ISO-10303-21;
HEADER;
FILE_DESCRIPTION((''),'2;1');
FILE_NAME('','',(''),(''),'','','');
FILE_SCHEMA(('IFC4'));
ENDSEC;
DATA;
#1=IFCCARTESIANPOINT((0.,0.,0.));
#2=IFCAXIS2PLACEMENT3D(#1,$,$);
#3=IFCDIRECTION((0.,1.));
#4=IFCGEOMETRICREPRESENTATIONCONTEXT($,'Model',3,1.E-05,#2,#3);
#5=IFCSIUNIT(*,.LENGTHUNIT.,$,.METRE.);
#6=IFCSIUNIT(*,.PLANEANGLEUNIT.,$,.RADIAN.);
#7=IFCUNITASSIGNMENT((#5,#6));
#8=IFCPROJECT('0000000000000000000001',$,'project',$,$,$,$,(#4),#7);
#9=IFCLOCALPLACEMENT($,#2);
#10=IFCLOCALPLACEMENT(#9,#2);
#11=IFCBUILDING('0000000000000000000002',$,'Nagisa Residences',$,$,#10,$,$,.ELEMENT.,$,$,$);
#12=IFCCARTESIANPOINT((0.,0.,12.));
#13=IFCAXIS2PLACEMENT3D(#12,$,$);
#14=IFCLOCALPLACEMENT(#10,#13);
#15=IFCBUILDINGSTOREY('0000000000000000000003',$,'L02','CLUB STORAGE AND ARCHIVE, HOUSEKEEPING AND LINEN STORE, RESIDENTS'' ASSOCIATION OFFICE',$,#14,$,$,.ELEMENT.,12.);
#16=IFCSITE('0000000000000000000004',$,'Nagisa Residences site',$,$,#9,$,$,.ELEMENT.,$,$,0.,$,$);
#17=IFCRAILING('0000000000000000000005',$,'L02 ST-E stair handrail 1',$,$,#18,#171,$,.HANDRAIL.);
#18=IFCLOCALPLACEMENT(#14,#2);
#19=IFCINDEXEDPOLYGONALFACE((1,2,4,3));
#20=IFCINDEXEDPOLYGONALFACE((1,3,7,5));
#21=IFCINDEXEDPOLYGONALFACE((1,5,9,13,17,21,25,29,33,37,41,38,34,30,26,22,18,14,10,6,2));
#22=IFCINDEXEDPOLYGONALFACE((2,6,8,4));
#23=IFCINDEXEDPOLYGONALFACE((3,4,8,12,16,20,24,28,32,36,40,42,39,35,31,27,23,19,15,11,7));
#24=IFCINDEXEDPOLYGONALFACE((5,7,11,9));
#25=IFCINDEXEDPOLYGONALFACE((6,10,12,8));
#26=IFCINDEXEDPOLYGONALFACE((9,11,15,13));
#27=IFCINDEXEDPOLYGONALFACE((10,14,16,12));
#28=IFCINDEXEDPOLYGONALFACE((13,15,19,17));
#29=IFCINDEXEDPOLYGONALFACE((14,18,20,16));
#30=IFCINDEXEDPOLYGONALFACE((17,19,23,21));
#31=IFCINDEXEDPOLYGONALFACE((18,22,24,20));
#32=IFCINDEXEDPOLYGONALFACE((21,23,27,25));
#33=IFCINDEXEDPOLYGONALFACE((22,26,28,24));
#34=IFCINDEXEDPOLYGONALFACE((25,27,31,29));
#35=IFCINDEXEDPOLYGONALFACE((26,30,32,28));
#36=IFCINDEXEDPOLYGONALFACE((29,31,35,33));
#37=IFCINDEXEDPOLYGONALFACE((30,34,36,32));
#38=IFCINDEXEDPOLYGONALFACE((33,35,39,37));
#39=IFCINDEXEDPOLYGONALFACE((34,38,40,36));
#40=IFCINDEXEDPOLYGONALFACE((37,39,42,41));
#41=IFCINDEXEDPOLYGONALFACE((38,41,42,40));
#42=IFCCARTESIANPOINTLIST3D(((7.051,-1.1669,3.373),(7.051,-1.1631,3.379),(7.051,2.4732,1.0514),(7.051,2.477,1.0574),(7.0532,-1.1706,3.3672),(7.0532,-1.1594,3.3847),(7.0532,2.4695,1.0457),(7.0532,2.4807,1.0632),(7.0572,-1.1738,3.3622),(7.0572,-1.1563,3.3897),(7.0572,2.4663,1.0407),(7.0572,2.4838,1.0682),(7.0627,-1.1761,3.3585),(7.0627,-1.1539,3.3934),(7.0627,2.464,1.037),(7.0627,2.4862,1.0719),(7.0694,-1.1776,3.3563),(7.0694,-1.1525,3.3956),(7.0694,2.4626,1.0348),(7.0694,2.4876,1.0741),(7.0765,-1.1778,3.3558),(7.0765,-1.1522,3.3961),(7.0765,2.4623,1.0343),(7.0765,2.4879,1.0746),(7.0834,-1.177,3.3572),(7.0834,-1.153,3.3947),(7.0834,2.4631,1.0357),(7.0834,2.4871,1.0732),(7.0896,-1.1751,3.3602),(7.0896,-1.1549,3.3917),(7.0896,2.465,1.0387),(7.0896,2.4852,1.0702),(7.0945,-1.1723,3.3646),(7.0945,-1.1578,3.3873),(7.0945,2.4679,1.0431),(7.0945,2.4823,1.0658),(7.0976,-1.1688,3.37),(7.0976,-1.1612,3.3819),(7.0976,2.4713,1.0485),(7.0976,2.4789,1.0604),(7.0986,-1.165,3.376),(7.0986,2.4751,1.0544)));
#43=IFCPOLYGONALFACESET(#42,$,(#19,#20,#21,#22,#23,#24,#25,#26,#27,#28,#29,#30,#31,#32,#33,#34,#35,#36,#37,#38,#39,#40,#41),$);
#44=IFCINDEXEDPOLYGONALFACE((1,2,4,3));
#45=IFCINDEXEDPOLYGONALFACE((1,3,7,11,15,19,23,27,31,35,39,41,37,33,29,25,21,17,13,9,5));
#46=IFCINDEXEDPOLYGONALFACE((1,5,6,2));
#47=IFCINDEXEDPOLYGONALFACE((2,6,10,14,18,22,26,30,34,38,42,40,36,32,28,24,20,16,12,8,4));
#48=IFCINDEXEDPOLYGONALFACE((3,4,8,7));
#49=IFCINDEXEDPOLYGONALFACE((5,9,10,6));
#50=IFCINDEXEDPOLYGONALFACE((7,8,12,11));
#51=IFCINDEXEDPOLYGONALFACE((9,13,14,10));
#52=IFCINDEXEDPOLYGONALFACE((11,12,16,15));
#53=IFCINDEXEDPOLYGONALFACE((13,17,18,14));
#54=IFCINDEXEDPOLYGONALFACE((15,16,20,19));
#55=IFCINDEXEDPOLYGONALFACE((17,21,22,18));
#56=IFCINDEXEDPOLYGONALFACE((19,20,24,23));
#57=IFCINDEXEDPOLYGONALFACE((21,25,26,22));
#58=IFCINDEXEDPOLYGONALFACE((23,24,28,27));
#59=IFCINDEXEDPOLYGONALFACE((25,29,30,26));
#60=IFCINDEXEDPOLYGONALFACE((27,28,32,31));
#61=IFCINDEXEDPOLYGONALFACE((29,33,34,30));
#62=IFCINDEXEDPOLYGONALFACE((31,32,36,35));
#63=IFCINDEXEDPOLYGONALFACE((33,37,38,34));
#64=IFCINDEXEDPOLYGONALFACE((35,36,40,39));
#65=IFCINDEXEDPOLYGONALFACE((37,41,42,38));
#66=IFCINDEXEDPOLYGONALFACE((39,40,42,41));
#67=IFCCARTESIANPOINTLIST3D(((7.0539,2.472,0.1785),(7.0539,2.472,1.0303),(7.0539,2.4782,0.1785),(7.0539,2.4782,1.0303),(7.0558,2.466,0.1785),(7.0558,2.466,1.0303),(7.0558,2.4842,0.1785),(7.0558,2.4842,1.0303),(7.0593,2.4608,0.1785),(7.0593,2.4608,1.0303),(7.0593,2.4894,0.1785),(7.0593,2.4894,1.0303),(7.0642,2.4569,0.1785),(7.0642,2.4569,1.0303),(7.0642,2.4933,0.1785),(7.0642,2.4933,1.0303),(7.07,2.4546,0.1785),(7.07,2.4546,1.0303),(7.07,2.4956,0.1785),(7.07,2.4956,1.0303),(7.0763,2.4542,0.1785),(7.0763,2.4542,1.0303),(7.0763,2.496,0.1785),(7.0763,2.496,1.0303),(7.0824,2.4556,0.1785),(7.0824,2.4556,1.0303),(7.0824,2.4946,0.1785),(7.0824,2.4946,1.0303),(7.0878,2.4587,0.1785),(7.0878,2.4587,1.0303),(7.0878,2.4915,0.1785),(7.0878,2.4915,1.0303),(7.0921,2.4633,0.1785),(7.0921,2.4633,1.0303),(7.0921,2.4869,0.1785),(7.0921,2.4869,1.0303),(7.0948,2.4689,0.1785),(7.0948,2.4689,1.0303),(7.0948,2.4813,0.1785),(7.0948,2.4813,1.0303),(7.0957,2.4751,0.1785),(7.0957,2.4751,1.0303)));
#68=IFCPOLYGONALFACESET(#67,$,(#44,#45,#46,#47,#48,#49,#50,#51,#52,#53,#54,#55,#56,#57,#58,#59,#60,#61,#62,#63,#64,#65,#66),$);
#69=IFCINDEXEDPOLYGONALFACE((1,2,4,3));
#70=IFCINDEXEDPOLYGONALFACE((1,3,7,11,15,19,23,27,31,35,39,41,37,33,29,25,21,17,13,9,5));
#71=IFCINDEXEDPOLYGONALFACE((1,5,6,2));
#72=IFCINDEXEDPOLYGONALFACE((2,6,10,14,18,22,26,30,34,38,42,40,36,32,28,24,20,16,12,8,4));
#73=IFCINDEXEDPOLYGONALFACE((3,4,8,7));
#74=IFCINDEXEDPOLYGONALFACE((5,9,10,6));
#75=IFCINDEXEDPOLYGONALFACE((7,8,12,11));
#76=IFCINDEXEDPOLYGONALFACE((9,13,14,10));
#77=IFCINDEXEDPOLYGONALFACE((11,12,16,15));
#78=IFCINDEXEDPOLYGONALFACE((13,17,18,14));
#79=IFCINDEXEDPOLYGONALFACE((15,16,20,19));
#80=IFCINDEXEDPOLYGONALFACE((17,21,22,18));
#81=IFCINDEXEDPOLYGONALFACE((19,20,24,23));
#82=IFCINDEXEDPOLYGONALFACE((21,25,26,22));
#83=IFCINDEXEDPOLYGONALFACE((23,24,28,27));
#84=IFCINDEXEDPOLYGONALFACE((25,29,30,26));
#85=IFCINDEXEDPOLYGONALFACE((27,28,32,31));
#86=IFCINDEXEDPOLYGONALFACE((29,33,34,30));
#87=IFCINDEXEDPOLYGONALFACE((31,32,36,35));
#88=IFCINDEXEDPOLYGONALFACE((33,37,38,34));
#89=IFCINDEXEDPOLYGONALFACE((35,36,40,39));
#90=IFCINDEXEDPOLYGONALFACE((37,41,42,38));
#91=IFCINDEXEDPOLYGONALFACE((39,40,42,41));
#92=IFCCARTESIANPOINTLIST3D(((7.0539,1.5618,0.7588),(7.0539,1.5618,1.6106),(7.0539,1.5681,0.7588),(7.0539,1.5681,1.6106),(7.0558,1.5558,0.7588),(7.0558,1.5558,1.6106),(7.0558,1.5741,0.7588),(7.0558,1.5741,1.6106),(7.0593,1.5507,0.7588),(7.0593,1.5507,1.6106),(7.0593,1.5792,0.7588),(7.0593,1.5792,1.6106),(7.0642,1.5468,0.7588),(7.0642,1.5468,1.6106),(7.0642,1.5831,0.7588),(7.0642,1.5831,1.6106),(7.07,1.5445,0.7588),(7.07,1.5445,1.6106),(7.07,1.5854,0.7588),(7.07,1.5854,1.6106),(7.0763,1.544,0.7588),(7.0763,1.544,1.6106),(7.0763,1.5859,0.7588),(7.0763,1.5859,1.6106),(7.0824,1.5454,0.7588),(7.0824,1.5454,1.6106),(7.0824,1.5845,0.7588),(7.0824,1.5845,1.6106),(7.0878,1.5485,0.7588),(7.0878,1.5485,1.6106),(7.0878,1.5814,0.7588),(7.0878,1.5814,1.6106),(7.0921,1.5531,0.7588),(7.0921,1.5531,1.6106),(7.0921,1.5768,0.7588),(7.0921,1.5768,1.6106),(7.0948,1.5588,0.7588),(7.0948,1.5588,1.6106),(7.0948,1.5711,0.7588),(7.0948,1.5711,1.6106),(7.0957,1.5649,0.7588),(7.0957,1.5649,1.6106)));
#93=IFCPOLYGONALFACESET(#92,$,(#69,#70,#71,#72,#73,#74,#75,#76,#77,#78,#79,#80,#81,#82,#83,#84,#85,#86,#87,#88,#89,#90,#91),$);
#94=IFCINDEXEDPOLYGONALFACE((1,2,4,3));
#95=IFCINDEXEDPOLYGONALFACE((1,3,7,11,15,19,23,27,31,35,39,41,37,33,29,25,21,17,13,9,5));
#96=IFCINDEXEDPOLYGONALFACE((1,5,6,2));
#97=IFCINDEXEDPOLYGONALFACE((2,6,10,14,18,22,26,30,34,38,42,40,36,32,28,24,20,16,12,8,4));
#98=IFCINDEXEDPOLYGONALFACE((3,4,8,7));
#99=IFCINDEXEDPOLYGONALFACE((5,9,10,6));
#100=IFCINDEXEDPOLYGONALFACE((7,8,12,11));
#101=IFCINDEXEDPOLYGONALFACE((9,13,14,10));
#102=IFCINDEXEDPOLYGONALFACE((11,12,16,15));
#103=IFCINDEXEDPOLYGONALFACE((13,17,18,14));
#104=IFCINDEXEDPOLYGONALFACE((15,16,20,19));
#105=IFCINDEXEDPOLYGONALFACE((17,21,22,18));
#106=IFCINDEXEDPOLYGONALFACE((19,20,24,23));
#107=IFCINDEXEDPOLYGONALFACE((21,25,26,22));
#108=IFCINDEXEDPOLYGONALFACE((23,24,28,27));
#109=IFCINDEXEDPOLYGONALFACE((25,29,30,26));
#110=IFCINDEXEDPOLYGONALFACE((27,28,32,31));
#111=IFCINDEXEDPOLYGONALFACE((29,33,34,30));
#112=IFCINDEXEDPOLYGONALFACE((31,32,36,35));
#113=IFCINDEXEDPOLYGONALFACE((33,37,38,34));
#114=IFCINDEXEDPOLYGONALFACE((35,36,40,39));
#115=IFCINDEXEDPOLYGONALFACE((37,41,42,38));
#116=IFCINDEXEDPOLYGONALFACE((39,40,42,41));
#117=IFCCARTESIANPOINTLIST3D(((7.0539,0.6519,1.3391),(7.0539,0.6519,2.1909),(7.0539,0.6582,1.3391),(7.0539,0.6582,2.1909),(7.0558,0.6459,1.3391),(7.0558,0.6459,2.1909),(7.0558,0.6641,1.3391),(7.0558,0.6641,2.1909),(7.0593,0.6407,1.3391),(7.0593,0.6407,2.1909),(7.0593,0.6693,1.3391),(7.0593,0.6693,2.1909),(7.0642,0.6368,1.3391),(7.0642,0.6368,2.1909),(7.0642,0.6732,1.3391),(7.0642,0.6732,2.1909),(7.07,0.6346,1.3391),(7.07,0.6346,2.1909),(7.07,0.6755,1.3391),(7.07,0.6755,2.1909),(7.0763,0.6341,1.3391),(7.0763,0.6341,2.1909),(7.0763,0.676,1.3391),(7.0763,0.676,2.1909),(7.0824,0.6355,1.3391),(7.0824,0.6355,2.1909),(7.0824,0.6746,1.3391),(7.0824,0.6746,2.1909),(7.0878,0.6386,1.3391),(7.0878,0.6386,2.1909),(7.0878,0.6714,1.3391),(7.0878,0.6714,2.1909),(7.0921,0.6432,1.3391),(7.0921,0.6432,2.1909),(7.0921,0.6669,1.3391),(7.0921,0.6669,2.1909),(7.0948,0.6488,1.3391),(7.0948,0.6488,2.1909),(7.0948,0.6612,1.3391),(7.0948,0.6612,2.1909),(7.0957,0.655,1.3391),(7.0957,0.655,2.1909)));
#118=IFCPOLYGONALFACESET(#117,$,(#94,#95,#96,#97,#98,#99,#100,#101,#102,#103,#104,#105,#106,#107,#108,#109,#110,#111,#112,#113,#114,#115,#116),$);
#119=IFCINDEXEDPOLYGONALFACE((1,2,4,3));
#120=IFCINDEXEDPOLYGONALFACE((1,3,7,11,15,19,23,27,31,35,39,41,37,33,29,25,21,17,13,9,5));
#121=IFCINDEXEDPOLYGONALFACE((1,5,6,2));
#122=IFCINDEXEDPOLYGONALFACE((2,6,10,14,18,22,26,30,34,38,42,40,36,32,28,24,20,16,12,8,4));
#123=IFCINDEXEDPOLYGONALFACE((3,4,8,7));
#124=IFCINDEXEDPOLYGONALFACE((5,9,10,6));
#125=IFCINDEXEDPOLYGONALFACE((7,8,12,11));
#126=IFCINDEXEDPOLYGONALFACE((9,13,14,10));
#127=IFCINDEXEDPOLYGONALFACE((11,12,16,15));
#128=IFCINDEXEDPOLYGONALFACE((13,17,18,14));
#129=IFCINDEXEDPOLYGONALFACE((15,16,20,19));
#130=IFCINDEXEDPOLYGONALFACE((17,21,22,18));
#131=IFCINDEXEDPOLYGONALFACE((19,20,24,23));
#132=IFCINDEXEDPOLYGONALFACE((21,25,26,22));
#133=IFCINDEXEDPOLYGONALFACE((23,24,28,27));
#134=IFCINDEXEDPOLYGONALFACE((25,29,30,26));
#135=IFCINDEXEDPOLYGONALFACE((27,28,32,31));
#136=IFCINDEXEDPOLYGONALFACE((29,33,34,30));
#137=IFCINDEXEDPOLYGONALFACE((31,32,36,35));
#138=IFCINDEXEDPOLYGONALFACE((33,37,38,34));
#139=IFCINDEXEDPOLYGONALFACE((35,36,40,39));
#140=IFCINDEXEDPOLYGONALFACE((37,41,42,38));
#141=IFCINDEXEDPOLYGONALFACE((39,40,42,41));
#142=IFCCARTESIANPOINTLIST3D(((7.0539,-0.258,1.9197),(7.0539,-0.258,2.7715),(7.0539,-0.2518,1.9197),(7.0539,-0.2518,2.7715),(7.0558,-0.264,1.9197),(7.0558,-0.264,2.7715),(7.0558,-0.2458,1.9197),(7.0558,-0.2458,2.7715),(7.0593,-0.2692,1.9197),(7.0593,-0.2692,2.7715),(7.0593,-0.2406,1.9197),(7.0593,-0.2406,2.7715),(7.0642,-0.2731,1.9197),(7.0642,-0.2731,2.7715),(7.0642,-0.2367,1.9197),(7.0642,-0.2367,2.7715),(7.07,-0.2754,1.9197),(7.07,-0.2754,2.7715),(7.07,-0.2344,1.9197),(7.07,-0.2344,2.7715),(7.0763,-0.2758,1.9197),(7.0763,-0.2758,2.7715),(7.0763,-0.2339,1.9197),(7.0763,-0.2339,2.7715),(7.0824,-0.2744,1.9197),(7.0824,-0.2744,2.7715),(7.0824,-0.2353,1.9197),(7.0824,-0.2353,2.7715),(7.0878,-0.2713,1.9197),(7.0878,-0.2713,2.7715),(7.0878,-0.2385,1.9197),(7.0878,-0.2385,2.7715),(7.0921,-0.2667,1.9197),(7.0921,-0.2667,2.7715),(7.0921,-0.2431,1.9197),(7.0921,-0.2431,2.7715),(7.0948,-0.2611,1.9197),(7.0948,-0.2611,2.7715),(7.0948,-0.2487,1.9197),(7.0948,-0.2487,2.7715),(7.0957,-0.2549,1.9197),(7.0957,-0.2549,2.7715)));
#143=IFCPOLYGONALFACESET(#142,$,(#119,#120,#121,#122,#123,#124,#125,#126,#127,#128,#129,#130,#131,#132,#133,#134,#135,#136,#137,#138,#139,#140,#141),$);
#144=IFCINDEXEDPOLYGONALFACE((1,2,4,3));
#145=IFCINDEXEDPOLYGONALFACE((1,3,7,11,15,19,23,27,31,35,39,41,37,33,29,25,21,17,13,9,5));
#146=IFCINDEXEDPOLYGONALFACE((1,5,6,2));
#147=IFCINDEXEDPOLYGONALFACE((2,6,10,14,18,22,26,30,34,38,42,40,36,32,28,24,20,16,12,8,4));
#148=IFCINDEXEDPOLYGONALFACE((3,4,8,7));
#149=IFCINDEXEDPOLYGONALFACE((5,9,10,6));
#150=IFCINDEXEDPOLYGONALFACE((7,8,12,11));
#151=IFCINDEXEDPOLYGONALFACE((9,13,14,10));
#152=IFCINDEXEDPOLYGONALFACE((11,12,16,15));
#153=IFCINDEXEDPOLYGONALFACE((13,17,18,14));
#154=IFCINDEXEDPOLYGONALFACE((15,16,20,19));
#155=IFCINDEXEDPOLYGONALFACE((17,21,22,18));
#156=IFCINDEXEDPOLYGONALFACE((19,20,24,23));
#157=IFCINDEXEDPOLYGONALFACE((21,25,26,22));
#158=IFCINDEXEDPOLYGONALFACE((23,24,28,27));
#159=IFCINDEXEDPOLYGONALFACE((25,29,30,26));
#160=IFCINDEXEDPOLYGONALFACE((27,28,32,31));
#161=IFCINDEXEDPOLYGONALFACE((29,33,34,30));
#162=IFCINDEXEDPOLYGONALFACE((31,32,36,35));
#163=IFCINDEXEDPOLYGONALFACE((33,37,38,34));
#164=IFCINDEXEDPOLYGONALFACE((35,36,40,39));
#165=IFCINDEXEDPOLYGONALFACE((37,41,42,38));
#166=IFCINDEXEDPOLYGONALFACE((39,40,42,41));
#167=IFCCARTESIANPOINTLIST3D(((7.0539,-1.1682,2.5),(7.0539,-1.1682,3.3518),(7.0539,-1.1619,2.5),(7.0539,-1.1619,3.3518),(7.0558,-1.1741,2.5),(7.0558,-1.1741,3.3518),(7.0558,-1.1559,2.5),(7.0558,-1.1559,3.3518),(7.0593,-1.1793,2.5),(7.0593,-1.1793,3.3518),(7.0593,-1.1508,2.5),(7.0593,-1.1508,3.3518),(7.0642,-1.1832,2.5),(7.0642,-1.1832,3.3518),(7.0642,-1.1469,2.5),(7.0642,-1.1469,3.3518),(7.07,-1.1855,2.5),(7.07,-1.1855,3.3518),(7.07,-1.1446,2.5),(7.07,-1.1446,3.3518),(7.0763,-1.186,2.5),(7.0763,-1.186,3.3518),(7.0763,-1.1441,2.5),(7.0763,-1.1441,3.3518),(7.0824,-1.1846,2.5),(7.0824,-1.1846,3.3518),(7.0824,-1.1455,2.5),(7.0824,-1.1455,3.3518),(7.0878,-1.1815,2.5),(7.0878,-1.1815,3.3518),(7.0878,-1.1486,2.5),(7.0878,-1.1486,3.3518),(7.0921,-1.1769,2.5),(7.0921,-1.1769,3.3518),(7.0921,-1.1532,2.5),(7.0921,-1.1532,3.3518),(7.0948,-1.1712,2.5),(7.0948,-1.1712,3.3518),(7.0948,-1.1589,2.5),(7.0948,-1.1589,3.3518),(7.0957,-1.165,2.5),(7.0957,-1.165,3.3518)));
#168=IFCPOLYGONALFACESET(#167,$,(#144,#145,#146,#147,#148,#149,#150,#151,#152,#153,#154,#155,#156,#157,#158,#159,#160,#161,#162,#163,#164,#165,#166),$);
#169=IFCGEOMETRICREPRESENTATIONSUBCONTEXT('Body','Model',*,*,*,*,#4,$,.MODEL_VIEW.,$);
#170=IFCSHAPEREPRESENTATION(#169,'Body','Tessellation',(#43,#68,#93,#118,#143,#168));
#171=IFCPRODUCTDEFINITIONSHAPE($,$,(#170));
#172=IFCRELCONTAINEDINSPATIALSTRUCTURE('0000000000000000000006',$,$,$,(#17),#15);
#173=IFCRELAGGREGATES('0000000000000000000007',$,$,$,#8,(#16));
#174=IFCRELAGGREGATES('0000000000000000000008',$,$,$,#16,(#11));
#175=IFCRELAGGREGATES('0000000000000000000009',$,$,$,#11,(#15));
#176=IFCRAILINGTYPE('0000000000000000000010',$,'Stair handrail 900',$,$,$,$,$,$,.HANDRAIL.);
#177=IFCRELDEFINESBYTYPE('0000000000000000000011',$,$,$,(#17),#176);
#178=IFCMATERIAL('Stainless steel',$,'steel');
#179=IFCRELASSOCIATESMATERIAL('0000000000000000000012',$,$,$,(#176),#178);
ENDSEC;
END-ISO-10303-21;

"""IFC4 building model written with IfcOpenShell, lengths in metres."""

from ifc_helpers import new_model, si_unit, direction, frame, origin, origin_2d, place, context, subcontext, project, spatial, circle, extrude, material, type_object, element, save


model = new_model("IFC4")

# Units and contexts
model_context = context("Model", 3, precision=1e-05, world=origin(), true_north=direction((0.0, 1.0)))
body_context = subcontext(model_context, "Body", "Model", "MODEL_VIEW")
ifc_project = project(units=[si_unit("LENGTHUNIT", "METRE"), si_unit("PLANEANGLEUNIT", "RADIAN")], contexts=[model_context])

# Site, building, storey
site_placement = place(None, origin())
site = spatial("IfcSite", under=ifc_project, at=site_placement, Name="Nagisa Residences site", CompositionType="ELEMENT", RefElevation=0.0)
building_placement = place(site_placement, origin())
building = spatial("IfcBuilding", under=site, at=building_placement, Name="Nagisa Residences", CompositionType="ELEMENT")
storey_placement = place(building_placement, frame((0.0, 0.0, 12.0)))
storey = spatial("IfcBuildingStorey", under=building, at=storey_placement, Name="L02", Description="CLUB STORAGE AND ARCHIVE, HOUSEKEEPING AND LINEN STORE, RESIDENTS' ASSOCIATION OFFICE", CompositionType="ELEMENT", Elevation=12.0)

# Railing
ifc_material_1 = material(Name="Stainless steel", Category="steel")
railing_type_1 = type_object("IfcRailingType", Name="Stair handrail 900", PredefinedType="HANDRAIL", material=ifc_material_1)
railing_1_placement = place(storey_placement, frame((7.0747, 2.4751, 0.1785)))
element("IfcRailing", 1, at=railing_1_placement, inside=storey, type_object=railing_type_1, Name="L02 ST-E stair handrail 1", PredefinedType="HANDRAIL", context=body_context, shape_type="SweptSolid", body=[
    extrude(circle(Radius=0.0239, at=origin_2d()), frame((0.0, 0.0, 0.876), z_axis=(0.0, -0.843128, 0.537713), x_axis=(1.0, 0.0, 0.0)), (0.0, 0.0, 1.0), 4.3174),
    extrude(circle(Radius=0.021, at=origin_2d()), origin(), (0.0, 0.0, 1.0), 0.8518),
    extrude(circle(Radius=0.021, at=origin_2d()), frame((0.0, -0.9102, 0.5803)), (0.0, 0.0, 1.0), 0.8518),
    extrude(circle(Radius=0.021, at=origin_2d()), frame((0.0, -1.8201, 1.1606)), (0.0, 0.0, 1.0), 0.8518),
    extrude(circle(Radius=0.021, at=origin_2d()), frame((0.0, -2.73, 1.7412)), (0.0, 0.0, 1.0), 0.8518),
    extrude(circle(Radius=0.021, at=origin_2d()), frame((0.0, -3.6401, 2.3215)), (0.0, 0.0, 1.0), 0.8518),
])

save(model, "model.ifc")
